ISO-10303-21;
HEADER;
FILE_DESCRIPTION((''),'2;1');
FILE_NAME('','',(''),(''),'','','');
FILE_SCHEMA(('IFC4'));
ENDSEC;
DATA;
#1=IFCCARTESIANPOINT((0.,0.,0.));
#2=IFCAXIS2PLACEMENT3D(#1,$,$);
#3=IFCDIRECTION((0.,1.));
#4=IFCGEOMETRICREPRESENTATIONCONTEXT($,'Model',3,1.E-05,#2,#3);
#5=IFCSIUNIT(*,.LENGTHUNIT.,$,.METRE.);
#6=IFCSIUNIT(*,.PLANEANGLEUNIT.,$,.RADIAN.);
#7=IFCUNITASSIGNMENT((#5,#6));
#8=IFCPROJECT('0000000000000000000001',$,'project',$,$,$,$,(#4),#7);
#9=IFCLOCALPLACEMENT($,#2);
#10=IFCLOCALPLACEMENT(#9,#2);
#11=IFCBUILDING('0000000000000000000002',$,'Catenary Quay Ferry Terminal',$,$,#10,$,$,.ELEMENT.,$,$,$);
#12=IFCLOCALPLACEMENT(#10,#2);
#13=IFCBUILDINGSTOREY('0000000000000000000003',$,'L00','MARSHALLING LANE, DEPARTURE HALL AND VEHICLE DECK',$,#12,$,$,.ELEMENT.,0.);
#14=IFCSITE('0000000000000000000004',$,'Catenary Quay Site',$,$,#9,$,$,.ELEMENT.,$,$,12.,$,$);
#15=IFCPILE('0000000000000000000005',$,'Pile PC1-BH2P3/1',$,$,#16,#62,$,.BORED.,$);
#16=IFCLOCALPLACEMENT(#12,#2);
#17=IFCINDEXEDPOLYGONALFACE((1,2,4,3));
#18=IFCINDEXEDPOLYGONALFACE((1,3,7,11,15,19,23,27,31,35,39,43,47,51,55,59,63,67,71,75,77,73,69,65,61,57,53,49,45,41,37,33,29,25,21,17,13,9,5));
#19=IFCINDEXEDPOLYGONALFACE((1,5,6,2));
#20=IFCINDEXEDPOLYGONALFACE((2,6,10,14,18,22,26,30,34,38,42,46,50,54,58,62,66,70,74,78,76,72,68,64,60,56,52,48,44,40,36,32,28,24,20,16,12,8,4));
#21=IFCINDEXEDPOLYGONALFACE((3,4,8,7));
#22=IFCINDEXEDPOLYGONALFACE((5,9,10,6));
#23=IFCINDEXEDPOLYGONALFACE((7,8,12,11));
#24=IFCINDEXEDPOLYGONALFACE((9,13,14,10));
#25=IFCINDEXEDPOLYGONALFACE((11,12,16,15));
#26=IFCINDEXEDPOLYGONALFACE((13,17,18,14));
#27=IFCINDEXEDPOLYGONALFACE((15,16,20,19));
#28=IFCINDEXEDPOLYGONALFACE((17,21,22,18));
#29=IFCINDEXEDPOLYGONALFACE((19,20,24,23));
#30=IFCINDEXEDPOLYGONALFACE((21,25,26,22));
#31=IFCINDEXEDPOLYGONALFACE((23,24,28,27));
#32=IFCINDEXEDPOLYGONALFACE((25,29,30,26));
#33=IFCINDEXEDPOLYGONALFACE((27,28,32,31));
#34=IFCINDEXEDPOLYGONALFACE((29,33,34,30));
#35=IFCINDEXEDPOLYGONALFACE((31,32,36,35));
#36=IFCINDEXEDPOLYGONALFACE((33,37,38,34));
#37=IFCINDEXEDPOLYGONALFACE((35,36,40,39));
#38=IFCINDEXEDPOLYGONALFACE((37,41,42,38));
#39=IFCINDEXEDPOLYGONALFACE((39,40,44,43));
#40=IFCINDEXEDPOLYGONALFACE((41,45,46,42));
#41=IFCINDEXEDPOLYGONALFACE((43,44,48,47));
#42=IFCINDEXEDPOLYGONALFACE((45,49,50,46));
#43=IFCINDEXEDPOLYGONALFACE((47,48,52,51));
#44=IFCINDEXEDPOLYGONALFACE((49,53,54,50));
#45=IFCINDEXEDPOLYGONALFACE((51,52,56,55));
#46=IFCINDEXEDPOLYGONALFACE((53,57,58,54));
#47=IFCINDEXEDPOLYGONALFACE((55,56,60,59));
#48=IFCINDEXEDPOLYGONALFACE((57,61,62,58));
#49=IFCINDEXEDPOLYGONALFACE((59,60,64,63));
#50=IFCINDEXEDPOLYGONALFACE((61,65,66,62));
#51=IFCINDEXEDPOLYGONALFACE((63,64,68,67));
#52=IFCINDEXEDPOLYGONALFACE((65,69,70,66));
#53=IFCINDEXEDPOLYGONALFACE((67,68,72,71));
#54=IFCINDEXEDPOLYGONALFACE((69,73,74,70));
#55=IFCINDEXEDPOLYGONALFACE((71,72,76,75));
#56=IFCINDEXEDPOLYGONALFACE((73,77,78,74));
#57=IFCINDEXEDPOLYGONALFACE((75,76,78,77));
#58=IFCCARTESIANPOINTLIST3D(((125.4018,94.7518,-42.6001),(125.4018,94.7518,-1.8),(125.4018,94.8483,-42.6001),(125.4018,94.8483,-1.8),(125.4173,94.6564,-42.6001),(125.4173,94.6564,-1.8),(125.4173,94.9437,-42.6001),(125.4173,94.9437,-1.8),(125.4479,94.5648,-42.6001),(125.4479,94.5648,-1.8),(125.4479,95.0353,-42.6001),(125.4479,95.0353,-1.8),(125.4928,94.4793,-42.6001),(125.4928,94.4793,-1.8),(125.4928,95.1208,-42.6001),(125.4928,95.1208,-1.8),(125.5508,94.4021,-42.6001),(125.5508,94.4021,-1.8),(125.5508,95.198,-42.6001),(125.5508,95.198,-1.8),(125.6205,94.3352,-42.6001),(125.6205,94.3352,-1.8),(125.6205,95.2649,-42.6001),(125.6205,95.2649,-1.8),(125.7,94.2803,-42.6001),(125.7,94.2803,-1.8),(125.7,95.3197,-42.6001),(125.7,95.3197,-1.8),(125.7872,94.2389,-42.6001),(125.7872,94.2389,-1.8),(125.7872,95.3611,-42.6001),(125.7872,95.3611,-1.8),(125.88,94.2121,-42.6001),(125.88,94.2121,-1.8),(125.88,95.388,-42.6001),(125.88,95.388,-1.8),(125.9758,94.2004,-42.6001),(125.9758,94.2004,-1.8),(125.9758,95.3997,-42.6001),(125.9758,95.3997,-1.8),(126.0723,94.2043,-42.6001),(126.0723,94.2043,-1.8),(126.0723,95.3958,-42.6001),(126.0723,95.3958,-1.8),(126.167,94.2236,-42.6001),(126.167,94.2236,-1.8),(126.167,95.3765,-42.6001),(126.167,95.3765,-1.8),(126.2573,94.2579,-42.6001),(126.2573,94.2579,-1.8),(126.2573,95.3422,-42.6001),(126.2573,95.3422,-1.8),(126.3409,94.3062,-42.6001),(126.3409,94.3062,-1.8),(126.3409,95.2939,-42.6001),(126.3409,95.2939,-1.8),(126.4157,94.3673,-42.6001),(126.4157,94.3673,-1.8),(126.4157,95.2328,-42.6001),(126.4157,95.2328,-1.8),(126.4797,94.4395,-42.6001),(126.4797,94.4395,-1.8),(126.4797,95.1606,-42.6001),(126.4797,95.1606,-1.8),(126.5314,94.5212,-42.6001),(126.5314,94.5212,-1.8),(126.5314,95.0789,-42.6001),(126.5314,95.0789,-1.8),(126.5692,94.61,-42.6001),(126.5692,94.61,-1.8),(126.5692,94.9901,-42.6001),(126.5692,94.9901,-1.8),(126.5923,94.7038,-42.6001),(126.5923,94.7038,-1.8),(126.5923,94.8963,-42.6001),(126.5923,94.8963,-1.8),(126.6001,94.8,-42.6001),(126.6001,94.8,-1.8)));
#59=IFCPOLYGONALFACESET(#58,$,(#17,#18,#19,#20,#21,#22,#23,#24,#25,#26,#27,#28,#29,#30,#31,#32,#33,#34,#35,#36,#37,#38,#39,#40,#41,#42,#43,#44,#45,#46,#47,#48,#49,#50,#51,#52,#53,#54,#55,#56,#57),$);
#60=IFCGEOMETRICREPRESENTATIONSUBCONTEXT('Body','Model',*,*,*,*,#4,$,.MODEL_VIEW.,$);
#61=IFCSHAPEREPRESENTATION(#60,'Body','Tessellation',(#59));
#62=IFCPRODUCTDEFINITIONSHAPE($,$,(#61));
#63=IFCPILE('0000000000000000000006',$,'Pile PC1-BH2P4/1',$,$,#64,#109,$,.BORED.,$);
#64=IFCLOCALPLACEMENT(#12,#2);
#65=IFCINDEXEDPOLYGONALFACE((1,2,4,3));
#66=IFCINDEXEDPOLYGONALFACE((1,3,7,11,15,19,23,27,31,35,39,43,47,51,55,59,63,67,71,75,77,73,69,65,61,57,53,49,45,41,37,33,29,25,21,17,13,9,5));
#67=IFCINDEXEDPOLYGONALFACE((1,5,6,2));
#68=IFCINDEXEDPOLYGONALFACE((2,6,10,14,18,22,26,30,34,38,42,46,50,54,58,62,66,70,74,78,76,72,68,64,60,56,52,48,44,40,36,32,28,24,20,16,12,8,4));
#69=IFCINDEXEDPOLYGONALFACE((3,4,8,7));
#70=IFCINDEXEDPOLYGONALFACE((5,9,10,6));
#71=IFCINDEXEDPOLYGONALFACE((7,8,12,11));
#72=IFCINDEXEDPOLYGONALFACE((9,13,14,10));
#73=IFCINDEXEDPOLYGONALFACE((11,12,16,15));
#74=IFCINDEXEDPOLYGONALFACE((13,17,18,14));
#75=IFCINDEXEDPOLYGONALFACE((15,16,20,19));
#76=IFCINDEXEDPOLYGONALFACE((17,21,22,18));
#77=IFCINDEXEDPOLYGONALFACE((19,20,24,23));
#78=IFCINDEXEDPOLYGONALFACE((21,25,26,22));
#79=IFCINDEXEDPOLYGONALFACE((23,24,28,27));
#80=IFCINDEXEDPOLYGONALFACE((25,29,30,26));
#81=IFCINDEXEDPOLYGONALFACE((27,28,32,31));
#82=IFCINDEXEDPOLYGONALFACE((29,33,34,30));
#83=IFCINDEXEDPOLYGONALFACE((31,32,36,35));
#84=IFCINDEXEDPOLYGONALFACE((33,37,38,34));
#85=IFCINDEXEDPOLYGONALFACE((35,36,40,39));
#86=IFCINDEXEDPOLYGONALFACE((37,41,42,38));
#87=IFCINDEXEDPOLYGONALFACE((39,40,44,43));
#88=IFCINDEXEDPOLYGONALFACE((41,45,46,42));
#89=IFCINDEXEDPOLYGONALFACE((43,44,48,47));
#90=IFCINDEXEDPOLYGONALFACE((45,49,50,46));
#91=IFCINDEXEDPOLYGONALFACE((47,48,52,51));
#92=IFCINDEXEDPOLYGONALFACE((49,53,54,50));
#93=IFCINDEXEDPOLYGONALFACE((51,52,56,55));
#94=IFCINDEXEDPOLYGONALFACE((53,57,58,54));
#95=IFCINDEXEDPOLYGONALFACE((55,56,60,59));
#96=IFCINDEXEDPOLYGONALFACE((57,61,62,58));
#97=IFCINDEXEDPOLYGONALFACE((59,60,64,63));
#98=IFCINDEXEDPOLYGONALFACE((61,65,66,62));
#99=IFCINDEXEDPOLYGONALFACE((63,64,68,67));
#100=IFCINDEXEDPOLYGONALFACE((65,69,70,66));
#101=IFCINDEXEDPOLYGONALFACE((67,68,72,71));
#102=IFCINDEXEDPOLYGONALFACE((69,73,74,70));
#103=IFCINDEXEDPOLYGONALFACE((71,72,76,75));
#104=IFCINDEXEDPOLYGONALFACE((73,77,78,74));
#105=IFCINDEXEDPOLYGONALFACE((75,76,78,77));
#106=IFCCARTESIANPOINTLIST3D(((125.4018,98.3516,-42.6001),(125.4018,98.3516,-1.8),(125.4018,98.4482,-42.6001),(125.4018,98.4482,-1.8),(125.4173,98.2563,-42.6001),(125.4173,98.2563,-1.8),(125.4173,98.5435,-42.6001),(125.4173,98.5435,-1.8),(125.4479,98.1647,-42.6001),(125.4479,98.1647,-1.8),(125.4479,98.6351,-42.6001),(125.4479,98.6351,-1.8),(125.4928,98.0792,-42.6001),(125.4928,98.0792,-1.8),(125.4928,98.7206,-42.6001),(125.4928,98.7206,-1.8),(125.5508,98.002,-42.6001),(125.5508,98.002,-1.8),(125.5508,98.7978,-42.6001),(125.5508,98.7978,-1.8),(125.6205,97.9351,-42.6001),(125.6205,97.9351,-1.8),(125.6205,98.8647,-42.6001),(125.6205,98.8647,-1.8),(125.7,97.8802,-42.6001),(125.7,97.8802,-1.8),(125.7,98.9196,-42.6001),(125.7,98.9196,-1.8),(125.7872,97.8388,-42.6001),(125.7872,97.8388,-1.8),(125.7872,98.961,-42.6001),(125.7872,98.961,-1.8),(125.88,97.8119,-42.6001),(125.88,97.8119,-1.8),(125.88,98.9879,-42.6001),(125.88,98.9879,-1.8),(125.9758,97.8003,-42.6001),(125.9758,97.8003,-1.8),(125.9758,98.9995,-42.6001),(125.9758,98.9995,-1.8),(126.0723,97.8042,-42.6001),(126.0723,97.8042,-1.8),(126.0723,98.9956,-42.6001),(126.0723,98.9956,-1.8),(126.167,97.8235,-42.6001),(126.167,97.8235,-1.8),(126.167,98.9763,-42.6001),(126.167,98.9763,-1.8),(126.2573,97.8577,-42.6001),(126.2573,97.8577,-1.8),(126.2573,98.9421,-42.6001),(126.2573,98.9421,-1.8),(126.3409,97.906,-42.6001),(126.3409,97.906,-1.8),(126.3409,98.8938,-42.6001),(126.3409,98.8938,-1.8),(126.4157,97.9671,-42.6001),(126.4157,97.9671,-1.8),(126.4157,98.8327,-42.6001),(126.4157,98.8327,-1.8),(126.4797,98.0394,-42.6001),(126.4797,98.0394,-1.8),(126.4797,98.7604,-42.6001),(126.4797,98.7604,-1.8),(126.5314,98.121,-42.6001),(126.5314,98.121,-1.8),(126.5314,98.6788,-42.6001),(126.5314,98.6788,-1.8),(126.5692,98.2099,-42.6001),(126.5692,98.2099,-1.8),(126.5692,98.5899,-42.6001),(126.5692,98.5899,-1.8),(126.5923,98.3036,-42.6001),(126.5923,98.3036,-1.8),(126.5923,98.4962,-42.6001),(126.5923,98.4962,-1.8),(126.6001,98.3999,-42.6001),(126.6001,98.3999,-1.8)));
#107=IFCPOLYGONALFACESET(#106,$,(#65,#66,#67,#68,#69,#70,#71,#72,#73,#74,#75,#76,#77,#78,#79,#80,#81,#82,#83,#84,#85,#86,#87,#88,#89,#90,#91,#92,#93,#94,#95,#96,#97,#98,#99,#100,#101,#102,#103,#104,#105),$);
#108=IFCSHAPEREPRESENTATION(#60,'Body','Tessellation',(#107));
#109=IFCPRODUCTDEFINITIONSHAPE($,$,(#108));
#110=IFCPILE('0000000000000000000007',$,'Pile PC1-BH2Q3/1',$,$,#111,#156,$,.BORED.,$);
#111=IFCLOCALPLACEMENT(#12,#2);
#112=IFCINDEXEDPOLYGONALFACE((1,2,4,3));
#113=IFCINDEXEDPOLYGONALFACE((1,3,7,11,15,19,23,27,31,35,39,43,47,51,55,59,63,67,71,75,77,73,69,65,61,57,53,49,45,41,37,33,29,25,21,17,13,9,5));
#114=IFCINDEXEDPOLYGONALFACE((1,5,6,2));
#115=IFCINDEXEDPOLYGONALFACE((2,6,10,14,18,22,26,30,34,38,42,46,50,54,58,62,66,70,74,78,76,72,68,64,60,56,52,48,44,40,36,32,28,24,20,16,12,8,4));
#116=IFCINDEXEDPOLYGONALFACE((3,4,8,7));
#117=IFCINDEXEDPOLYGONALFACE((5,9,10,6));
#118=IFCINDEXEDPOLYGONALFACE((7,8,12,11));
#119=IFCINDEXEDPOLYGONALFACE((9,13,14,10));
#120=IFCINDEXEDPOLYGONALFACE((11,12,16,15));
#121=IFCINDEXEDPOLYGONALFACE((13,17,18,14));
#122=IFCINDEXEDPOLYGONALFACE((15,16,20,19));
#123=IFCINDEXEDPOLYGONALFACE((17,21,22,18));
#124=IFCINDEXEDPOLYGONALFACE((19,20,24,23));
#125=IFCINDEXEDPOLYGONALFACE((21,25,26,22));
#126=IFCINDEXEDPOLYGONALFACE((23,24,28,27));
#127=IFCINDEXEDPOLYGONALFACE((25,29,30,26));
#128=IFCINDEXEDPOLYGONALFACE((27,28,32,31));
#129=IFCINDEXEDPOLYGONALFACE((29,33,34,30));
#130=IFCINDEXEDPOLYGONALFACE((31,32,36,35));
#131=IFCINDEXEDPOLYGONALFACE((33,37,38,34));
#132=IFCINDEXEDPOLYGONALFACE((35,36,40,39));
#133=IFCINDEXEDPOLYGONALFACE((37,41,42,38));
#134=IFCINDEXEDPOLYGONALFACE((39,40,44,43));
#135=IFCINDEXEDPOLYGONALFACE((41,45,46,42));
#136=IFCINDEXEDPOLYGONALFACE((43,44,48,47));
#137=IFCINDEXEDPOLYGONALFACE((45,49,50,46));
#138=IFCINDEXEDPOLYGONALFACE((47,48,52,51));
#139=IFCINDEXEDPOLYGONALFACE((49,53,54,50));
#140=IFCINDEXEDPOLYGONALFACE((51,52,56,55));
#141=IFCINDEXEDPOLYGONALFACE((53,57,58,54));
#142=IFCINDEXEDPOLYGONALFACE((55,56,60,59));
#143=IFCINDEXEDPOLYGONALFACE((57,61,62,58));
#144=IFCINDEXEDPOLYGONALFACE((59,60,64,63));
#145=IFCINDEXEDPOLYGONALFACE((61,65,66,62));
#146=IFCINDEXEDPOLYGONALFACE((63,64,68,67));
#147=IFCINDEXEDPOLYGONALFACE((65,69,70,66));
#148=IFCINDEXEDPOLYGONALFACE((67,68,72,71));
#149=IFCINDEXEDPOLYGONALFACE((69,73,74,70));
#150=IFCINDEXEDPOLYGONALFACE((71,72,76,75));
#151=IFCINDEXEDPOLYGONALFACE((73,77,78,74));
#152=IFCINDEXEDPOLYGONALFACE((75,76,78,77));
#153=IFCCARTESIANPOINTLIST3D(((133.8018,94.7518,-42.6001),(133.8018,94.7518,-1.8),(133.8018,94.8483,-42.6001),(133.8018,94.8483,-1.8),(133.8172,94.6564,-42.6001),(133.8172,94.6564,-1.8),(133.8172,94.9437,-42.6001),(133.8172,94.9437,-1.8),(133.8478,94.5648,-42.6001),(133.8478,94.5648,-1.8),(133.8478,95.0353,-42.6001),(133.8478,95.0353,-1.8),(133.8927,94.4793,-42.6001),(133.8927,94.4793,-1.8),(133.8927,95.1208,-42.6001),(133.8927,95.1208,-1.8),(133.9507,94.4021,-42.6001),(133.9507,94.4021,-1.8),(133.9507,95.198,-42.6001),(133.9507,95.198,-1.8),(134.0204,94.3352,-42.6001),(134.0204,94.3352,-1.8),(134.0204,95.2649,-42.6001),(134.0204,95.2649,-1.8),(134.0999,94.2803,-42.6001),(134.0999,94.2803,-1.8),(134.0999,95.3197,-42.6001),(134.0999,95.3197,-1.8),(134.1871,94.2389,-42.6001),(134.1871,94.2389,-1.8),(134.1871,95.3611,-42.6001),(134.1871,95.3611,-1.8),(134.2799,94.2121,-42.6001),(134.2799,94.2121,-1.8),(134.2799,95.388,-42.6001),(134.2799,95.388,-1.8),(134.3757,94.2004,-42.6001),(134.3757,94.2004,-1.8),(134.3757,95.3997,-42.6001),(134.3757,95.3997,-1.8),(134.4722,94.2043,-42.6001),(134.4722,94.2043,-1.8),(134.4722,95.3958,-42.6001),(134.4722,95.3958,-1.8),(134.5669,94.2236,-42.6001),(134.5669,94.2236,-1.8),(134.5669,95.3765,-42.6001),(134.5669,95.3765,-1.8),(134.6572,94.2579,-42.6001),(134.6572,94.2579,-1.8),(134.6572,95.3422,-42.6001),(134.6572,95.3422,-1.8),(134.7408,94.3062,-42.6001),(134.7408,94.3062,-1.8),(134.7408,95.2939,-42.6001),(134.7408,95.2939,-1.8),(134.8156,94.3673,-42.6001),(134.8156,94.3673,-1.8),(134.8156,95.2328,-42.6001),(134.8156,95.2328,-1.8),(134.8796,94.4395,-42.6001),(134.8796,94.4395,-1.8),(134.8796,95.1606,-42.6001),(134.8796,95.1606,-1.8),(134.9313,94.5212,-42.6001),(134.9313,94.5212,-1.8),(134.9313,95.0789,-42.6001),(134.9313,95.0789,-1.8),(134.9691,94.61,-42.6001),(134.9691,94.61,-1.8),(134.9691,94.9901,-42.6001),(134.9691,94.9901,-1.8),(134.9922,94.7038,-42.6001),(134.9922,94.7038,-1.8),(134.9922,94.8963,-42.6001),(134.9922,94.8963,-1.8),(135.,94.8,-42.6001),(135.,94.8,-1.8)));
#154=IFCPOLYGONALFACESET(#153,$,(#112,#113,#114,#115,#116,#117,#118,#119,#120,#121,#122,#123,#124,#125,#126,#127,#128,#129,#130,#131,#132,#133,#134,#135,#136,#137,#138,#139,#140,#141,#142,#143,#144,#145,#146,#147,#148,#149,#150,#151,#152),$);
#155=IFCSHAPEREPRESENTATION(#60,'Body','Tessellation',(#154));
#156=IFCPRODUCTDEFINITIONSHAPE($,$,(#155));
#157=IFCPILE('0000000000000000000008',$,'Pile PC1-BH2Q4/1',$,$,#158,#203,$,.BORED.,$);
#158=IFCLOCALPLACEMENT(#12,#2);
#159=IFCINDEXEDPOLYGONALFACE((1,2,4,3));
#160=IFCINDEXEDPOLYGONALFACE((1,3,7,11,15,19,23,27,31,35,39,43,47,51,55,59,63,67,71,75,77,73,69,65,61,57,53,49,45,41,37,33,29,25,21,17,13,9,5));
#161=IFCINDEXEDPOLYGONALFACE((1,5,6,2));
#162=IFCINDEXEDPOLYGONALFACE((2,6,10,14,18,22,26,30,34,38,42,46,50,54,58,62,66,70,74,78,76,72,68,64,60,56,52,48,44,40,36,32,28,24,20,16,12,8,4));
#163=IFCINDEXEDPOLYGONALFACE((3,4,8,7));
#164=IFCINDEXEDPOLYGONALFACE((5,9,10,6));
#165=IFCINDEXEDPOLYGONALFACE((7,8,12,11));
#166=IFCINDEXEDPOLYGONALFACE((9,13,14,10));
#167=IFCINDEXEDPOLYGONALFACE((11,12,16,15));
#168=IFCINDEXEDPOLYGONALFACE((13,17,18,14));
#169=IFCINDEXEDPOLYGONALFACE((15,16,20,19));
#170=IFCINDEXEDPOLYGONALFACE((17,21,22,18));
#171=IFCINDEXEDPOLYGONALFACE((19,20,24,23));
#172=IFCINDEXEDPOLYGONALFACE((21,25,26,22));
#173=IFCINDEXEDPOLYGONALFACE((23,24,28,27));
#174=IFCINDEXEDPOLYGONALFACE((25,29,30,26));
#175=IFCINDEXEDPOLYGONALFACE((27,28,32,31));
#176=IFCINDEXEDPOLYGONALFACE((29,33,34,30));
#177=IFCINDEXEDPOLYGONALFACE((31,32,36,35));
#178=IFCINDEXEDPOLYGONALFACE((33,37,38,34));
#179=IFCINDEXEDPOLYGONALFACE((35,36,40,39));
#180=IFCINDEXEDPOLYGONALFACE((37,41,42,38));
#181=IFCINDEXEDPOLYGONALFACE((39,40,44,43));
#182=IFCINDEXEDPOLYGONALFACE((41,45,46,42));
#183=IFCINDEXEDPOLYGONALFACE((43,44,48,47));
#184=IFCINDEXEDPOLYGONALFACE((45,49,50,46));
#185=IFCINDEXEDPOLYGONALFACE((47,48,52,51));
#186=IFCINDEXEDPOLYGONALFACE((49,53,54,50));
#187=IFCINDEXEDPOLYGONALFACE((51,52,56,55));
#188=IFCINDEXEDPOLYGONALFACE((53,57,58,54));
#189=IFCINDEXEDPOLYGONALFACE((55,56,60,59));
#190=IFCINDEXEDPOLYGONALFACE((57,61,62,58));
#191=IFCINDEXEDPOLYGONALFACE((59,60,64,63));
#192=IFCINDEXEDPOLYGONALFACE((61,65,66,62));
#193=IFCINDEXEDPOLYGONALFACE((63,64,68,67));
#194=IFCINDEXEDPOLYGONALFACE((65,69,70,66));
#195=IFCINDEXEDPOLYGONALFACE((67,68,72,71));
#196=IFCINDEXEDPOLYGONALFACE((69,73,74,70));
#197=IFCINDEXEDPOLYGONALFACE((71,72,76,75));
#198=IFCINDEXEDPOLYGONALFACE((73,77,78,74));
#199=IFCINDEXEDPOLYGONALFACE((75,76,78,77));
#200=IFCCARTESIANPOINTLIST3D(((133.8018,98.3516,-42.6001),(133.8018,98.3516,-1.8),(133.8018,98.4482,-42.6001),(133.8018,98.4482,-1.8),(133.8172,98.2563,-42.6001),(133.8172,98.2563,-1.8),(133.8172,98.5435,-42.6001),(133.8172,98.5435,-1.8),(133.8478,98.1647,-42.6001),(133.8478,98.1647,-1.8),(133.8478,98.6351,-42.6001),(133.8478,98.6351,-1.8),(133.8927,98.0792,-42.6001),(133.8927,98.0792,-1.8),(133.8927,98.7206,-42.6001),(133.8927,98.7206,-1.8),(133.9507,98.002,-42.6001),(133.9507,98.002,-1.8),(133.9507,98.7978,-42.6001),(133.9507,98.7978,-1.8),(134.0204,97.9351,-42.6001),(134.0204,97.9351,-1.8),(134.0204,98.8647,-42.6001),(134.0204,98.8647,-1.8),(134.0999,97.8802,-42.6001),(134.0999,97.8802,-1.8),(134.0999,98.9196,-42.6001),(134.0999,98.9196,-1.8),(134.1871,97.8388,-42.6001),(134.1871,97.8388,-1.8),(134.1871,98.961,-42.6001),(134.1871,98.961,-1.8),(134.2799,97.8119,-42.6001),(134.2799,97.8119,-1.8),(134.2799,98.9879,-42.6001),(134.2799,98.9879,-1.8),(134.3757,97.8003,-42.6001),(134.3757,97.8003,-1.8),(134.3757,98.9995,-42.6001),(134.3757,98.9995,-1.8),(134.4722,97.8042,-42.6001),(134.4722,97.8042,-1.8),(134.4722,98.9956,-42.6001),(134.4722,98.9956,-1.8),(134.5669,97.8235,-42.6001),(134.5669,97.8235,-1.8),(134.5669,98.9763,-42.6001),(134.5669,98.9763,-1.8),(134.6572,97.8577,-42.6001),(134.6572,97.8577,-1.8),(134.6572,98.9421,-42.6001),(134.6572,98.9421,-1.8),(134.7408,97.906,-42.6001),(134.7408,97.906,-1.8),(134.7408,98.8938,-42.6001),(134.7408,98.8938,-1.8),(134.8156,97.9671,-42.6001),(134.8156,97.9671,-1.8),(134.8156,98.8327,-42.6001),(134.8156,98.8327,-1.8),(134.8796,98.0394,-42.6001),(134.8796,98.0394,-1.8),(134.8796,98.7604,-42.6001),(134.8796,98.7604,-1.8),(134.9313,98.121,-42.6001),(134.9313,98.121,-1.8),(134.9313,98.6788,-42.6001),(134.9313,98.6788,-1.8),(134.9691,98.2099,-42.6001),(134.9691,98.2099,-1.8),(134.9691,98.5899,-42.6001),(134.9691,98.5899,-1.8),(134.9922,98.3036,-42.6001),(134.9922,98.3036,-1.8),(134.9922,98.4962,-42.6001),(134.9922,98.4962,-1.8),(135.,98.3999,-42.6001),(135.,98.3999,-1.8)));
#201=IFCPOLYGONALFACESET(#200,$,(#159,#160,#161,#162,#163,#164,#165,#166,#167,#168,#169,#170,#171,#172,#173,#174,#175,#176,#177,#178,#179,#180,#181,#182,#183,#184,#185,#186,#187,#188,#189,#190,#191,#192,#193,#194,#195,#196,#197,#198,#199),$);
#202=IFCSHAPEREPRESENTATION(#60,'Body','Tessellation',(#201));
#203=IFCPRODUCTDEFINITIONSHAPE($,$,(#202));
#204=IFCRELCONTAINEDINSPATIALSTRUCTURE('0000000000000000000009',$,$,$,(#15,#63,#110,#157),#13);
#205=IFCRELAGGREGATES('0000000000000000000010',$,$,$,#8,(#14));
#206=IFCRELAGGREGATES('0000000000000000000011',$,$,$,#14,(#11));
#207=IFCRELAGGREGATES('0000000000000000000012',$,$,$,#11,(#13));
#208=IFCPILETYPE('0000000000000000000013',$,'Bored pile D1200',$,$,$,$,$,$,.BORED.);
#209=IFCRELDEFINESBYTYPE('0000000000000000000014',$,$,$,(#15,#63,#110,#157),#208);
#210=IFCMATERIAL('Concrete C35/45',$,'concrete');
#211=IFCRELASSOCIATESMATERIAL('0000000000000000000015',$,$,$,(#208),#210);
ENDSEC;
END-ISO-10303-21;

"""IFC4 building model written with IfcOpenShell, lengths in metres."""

from ifc_helpers import new_model, si_unit, direction, frame, origin, origin_2d, place, context, subcontext, project, spatial, circle, extrude, material, material_profile, profile_set, type_object, element, save


model = new_model("IFC4")

# Units and contexts
model_context = context("Model", 3, precision=1e-05, world=origin(), true_north=direction((0.0, 1.0)))
body_context = subcontext(model_context, "Body", "Model", "MODEL_VIEW")
ifc_project = project(units=[si_unit("LENGTHUNIT", "METRE"), si_unit("PLANEANGLEUNIT", "RADIAN")], contexts=[model_context])

# Site, building, storey
site_placement = place(None, origin())
site = spatial("IfcSite", under=ifc_project, at=site_placement, Name="Catenary Quay Site", CompositionType="ELEMENT", RefElevation=12.0)
building_placement = place(site_placement, origin())
building = spatial("IfcBuilding", under=site, at=building_placement, Name="Catenary Quay Ferry Terminal", CompositionType="ELEMENT")
storey_placement = place(building_placement, origin())
storey = spatial("IfcBuildingStorey", under=building, at=storey_placement, Name="L00", Description="MARSHALLING LANE, DEPARTURE HALL AND VEHICLE DECK", CompositionType="ELEMENT", Elevation=0.0)

# Piles
ifc_material_1 = material(Name="Concrete C35/45", Category="concrete")
ifc_material_profile_1 = material_profile(ifc_material_1, circle(Radius=0.6001, at=origin_2d()), Name="D1200")
ifc_profile_set_1 = profile_set([ifc_material_profile_1], Name="Concrete C35/45")
pile_type = type_object("IfcPileType", Name="Bored pile D1200", PredefinedType="BORED", material=ifc_profile_set_1)
for number, where, z_axis, x_axis, name in (
    (1, (126.0, 94.8, -1.8), (0.0, 0.0, -1.0), (1.0, 0.0, 0.0), "Pile PC1-BH2P3/1"),
    (2, (126.0, 98.3999, -1.8), (0.0, 0.0, -1.0), (1.0, 0.0, 0.0), "Pile PC1-BH2P4/1"),
    (3, (134.3999, 94.8, -1.8), (0.0, 0.0, -1.0), (1.0, 0.0, 0.0), "Pile PC1-BH2Q3/1"),
    (4, (134.3999, 98.3999, -1.8), (0.0, 0.0, -1.0), (1.0, 0.0, 0.0), "Pile PC1-BH2Q4/1"),
):
    element("IfcPile", number, at=place(storey_placement, frame(where, z_axis=z_axis, x_axis=x_axis)), inside=storey, type_object=pile_type, Name=name, PredefinedType="BORED", context=body_context, shape_type="SweptSolid", body=[
        extrude(circle(Radius=0.6001, at=origin_2d()), origin(), (0.0, 0.0, 1.0), 40.8),
    ])

save(model, "model.ifc")
